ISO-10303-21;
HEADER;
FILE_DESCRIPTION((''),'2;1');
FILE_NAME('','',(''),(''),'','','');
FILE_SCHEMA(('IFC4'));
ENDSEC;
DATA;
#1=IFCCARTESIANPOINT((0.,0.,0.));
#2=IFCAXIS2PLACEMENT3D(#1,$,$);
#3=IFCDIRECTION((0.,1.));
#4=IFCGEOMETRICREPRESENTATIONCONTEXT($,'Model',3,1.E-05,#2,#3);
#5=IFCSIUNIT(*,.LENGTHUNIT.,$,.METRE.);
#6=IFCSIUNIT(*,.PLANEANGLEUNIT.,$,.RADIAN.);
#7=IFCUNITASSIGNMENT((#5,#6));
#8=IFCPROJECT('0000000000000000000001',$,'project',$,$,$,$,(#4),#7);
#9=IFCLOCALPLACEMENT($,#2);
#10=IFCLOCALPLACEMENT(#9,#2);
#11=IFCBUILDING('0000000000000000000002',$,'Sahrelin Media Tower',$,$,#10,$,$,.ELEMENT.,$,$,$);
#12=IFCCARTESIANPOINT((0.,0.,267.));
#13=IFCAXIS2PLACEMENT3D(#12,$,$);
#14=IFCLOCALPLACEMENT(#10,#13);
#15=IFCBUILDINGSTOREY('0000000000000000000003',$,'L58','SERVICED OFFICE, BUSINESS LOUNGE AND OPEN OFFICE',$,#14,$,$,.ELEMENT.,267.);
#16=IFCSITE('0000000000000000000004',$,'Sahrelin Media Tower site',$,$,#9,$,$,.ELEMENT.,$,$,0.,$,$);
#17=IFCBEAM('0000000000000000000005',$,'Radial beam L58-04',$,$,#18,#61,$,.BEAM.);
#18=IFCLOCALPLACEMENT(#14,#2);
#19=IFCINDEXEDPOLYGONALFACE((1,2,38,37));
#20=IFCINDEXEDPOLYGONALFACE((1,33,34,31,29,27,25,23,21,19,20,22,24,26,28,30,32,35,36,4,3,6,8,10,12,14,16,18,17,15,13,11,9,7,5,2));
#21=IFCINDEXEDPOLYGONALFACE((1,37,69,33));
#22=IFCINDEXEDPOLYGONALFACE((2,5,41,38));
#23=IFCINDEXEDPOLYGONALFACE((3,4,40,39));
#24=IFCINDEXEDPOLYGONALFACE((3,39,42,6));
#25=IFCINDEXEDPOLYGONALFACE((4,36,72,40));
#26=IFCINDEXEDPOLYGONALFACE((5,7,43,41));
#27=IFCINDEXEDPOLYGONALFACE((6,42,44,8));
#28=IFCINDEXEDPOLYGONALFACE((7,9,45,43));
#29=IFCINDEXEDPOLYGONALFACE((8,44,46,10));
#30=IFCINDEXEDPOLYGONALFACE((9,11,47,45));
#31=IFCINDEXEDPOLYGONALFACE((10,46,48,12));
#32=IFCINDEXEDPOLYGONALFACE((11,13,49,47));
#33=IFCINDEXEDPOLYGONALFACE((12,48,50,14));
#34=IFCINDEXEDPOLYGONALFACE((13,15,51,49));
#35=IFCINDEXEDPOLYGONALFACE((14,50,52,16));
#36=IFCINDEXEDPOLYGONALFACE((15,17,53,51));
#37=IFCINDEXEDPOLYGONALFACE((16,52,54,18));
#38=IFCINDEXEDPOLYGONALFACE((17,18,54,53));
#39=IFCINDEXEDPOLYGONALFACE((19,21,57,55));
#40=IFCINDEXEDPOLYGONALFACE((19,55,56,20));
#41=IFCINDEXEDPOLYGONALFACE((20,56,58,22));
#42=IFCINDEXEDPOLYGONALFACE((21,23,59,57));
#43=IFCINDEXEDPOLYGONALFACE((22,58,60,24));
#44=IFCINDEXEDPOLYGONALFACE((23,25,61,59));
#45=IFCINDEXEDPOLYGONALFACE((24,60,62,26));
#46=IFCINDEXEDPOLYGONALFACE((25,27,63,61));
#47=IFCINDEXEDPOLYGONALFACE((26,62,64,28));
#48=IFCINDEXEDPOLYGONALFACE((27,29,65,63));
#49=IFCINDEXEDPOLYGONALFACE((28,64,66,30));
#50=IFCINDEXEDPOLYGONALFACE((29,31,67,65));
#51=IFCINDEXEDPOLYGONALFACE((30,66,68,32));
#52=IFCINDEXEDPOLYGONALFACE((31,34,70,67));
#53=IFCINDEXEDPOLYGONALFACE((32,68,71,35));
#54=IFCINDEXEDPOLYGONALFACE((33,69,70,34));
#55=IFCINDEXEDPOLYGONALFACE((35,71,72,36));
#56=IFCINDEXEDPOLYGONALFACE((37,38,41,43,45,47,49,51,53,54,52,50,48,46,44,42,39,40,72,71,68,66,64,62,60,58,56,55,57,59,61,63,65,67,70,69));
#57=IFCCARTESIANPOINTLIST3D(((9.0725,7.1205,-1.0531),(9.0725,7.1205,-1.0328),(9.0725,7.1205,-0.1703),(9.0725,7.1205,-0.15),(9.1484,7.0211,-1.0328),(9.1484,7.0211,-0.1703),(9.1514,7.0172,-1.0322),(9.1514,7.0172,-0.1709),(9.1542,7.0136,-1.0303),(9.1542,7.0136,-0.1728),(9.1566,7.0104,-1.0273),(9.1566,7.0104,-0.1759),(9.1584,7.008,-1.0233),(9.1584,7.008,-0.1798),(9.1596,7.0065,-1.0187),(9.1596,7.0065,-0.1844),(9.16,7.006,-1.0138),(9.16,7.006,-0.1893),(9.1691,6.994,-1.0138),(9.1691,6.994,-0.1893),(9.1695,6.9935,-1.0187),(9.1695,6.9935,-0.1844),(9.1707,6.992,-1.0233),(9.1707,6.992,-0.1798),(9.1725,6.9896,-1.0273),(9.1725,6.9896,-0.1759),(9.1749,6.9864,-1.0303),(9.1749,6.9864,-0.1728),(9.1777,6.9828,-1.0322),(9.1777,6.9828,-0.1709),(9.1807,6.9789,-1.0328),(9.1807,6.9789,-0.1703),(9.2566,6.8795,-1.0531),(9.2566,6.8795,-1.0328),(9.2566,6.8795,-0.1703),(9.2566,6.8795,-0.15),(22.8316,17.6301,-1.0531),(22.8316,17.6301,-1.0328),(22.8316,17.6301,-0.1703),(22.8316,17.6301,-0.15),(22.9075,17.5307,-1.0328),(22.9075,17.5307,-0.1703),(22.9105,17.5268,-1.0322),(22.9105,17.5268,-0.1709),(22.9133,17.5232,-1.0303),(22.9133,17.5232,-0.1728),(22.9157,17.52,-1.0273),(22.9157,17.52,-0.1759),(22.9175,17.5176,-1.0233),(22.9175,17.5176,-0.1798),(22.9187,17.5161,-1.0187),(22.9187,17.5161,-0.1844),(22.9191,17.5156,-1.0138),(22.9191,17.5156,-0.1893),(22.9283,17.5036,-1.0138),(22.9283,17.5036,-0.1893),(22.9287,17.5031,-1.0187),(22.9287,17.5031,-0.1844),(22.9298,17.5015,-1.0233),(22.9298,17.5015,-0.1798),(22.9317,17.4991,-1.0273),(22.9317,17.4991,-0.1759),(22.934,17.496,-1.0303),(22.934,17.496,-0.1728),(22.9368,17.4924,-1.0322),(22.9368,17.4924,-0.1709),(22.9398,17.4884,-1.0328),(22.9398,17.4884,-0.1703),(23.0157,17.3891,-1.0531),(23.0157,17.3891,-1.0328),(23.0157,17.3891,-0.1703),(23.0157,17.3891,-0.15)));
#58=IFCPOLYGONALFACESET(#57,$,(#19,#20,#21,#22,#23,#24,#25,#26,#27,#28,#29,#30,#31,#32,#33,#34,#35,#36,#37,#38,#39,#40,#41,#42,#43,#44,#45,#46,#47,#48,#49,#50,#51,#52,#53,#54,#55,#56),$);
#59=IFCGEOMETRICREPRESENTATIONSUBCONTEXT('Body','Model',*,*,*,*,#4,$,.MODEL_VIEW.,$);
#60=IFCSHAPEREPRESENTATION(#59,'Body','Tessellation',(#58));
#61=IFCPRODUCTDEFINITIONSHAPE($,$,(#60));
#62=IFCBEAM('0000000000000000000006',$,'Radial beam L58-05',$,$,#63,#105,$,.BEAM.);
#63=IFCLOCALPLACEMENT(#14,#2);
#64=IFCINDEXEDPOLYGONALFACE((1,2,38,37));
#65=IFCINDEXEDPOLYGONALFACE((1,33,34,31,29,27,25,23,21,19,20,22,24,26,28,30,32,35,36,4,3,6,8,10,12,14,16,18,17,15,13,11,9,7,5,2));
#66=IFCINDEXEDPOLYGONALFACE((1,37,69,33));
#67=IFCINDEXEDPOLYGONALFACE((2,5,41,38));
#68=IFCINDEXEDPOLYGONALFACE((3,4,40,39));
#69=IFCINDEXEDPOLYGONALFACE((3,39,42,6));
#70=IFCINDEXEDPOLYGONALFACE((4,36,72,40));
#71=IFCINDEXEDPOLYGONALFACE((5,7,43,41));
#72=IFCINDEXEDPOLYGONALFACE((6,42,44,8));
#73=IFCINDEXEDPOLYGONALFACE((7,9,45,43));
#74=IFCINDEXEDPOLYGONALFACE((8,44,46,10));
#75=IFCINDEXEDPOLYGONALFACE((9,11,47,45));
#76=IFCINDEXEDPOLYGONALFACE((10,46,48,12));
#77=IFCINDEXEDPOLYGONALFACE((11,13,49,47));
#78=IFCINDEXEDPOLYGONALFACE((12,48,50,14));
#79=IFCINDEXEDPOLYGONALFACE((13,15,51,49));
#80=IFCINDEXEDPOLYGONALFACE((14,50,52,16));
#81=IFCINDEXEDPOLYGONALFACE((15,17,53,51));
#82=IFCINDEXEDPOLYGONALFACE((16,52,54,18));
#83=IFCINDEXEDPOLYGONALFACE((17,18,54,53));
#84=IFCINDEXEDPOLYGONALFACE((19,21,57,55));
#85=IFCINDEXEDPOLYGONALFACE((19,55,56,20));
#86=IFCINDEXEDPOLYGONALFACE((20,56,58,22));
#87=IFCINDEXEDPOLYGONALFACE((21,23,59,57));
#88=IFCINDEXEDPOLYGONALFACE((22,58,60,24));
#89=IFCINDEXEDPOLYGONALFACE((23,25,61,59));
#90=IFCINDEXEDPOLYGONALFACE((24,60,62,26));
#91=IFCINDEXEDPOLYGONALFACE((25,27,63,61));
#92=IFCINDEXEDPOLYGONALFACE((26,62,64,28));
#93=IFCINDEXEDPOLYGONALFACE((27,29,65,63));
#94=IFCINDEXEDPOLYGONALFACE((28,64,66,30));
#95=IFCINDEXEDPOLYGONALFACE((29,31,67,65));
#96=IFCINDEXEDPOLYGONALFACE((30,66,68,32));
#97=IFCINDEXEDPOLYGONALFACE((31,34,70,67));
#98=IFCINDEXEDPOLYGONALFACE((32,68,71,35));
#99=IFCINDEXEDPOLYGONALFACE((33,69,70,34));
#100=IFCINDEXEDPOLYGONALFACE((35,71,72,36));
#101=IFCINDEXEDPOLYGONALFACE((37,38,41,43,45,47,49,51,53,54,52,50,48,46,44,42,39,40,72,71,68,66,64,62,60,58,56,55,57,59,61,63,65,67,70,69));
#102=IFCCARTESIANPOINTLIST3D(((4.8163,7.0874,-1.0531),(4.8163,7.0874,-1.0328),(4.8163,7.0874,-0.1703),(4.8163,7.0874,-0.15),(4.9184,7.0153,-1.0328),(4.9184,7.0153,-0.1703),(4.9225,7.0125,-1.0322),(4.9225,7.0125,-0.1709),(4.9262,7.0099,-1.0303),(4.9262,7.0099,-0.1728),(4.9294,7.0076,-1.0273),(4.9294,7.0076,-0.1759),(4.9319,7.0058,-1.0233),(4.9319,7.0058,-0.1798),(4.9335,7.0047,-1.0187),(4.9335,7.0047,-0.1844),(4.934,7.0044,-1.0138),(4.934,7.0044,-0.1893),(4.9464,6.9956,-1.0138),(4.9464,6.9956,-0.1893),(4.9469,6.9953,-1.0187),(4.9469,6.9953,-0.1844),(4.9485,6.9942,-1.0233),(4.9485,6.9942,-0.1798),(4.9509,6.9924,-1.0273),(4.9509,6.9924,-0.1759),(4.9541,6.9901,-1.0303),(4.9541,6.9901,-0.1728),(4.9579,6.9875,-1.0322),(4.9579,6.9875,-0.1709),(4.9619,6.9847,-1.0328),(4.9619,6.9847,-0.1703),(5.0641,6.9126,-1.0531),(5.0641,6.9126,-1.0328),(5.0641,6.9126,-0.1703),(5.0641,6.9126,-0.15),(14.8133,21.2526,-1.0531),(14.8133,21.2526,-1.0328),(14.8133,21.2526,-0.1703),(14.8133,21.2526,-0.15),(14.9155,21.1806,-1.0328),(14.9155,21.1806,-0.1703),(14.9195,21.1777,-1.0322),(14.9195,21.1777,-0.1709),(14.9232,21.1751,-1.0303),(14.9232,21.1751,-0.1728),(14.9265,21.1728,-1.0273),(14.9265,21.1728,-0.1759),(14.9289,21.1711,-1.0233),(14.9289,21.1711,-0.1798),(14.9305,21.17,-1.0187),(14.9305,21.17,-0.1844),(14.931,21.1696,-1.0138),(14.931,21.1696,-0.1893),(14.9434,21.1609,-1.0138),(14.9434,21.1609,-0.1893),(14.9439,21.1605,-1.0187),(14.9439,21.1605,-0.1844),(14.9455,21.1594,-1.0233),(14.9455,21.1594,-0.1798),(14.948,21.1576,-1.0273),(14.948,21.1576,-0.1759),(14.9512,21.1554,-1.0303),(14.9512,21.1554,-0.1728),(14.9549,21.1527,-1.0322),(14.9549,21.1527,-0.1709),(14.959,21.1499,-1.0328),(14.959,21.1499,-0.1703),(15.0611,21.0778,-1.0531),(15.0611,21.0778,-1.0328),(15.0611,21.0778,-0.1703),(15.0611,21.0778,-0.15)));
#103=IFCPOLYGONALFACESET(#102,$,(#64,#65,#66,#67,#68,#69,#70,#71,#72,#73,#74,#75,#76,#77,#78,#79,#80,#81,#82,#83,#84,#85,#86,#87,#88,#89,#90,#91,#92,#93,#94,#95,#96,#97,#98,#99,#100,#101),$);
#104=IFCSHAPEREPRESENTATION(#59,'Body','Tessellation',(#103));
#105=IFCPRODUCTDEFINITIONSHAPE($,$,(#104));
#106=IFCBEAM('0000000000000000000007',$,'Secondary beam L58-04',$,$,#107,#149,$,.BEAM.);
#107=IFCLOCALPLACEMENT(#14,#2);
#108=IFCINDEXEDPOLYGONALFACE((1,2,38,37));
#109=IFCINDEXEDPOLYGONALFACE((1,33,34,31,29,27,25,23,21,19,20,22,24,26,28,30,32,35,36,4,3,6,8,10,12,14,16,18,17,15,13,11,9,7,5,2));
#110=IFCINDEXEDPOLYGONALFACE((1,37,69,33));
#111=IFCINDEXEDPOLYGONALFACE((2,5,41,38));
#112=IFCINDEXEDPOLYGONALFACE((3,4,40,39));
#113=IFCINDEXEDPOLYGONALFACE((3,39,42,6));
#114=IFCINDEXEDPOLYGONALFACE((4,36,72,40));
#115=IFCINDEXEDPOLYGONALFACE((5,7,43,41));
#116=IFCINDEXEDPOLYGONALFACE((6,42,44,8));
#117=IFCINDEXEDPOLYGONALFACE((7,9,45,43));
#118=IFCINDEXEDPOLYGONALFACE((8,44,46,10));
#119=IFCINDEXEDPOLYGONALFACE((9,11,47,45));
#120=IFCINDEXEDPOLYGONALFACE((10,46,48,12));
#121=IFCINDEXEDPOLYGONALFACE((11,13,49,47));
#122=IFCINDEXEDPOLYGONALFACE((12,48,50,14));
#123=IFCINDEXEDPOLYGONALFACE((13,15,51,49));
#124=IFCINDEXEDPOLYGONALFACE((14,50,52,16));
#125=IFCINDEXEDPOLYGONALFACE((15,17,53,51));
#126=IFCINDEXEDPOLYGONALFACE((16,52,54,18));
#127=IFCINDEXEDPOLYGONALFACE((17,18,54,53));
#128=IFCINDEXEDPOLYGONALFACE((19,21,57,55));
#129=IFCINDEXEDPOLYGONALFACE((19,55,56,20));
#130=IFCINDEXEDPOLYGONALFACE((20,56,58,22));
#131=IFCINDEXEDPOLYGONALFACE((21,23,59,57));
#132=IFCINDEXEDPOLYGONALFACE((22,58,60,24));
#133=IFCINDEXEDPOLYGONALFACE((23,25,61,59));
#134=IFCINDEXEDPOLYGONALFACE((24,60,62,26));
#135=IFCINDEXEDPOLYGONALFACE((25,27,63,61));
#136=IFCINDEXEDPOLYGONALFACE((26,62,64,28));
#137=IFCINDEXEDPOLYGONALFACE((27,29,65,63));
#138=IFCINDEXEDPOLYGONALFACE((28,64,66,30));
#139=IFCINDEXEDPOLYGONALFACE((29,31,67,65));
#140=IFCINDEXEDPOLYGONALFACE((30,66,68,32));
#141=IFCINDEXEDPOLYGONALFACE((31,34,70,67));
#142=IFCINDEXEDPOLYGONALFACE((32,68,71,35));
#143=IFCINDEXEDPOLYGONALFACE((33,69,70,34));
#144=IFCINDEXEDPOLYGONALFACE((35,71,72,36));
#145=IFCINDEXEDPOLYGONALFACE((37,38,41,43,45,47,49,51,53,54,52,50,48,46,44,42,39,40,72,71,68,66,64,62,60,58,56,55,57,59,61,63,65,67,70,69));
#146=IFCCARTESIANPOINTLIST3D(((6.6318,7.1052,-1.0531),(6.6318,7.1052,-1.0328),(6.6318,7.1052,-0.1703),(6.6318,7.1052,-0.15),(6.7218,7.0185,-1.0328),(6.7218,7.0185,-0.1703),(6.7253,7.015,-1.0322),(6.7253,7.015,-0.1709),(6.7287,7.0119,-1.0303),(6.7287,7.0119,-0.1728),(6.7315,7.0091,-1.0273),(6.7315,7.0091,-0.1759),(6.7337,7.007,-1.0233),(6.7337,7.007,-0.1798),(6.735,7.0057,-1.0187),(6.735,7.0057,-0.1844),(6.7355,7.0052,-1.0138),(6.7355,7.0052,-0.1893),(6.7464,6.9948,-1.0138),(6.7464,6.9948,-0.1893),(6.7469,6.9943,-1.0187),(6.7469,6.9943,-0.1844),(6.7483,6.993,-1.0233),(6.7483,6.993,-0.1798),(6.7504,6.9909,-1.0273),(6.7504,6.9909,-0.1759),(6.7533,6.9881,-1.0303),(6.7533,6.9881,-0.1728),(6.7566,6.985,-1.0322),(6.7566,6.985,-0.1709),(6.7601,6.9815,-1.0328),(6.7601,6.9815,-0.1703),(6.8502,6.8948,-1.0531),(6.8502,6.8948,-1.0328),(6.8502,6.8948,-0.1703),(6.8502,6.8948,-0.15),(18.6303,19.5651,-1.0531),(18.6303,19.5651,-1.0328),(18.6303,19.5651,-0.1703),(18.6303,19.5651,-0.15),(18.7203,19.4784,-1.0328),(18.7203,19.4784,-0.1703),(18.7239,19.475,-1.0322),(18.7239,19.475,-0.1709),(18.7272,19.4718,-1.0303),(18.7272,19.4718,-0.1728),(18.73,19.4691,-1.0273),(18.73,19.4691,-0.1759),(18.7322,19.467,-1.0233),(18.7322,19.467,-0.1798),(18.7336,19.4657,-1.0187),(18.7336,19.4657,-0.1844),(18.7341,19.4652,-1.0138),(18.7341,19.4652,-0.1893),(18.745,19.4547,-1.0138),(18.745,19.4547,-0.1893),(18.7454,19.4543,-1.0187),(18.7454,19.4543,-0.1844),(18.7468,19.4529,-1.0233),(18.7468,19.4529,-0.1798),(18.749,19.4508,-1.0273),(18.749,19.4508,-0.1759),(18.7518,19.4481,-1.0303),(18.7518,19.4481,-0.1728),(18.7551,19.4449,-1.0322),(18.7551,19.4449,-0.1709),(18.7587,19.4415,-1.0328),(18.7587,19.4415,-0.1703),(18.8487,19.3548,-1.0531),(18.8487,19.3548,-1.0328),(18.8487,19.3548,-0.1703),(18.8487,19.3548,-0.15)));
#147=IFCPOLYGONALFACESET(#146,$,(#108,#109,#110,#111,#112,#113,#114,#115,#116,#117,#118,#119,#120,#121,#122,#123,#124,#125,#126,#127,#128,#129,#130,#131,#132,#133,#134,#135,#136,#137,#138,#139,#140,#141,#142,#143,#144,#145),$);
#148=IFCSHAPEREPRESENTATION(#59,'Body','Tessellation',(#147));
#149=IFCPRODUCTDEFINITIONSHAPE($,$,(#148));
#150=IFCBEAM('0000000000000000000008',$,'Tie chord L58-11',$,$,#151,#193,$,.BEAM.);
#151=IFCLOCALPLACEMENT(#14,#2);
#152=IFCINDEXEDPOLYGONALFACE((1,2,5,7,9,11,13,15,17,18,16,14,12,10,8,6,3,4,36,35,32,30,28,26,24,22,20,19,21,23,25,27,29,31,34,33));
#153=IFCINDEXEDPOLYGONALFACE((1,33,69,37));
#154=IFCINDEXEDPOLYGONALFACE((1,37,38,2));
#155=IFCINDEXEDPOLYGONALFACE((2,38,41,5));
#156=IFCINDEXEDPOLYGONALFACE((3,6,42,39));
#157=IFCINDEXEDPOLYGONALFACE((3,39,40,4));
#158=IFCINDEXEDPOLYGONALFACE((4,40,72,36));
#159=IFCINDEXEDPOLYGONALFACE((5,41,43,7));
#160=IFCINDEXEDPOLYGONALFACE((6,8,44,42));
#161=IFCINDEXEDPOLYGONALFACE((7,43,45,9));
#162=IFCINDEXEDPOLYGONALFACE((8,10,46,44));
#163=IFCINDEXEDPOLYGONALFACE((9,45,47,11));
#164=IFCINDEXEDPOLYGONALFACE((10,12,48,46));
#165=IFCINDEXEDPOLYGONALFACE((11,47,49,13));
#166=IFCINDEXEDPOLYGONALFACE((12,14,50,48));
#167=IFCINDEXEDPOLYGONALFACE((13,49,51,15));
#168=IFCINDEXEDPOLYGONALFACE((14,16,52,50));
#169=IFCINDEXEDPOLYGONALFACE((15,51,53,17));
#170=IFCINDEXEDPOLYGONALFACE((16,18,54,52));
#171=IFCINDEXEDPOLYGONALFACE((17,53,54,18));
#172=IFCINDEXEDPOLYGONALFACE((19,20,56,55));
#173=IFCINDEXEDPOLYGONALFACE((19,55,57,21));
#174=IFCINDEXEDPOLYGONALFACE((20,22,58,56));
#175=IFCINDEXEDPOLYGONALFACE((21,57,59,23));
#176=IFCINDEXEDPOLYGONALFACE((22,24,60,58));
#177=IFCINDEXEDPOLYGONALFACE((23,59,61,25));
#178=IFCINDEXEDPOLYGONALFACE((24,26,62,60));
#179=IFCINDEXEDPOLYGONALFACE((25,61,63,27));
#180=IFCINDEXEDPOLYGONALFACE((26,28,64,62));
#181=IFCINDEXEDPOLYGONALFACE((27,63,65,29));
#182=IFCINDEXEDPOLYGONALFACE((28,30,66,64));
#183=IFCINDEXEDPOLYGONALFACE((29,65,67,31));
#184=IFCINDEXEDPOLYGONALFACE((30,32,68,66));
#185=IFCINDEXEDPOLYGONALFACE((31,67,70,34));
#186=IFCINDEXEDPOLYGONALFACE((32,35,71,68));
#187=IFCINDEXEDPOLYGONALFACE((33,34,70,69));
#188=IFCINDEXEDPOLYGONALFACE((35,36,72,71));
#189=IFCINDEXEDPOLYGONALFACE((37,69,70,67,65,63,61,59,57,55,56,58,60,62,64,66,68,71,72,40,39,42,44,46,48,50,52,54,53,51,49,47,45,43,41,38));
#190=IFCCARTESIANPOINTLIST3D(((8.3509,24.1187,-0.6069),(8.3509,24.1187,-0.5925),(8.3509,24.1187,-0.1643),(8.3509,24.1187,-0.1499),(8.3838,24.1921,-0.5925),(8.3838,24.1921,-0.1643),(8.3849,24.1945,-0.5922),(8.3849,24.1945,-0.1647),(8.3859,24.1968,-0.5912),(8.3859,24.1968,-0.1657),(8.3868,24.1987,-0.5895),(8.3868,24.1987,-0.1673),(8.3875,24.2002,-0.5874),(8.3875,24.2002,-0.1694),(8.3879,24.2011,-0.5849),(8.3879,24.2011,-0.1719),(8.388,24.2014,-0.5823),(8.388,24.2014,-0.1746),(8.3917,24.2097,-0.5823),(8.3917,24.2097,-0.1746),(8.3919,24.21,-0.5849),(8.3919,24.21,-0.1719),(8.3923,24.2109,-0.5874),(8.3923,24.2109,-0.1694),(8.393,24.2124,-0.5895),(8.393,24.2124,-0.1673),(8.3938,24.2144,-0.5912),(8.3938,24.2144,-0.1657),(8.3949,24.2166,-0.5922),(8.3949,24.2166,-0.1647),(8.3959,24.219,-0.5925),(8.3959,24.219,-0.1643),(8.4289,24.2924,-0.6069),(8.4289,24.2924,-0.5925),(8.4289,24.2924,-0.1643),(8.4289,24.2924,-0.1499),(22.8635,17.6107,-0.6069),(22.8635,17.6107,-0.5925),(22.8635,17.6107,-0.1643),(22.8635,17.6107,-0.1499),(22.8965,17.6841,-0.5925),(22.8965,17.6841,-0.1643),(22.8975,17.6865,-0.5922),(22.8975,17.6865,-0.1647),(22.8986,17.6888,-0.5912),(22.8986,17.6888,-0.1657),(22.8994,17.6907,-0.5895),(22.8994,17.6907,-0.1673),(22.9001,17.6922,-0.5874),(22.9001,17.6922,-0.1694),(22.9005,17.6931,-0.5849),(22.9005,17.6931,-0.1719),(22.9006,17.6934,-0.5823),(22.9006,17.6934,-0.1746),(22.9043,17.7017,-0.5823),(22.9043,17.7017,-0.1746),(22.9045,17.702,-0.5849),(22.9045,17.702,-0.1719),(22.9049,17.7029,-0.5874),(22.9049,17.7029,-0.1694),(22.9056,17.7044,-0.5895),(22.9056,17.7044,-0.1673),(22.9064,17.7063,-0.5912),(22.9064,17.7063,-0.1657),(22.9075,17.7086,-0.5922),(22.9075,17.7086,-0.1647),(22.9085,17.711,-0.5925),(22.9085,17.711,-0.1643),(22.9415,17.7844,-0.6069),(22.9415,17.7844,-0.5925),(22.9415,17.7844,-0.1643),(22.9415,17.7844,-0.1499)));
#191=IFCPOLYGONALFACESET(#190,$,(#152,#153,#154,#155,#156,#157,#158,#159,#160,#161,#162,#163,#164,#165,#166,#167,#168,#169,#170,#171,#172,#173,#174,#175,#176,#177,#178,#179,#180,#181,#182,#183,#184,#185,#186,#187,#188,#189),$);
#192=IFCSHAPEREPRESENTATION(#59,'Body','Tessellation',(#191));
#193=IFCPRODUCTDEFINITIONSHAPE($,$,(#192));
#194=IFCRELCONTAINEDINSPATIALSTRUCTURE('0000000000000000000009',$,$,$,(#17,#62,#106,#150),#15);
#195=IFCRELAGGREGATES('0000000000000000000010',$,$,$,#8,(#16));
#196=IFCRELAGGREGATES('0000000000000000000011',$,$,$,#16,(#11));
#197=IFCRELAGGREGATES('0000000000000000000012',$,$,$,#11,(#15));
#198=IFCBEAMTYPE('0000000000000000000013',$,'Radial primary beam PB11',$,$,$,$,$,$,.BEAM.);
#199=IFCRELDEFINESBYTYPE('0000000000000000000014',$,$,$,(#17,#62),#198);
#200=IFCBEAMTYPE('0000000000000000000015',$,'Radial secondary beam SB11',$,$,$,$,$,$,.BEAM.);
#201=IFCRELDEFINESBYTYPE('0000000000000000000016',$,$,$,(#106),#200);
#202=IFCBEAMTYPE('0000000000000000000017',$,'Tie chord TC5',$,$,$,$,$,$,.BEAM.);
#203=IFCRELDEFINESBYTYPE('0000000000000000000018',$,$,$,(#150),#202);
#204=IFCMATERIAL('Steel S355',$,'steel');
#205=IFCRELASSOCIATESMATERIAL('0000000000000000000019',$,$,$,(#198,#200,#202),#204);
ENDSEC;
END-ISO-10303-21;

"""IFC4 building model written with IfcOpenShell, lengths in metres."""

from ifc_helpers import new_model, si_unit, direction, frame, origin, origin_2d, place, context, subcontext, project, spatial, i_section, extrude, material, material_profile, profile_set, type_object, element, save


model = new_model("IFC4")

# Units and contexts
model_context = context("Model", 3, precision=1e-05, world=origin(), true_north=direction((0.0, 1.0)))
body_context = subcontext(model_context, "Body", "Model", "MODEL_VIEW")
ifc_project = project(units=[si_unit("LENGTHUNIT", "METRE"), si_unit("PLANEANGLEUNIT", "RADIAN")], contexts=[model_context])

# Site, building, storey
site_placement = place(None, origin())
site = spatial("IfcSite", under=ifc_project, at=site_placement, Name="Sahrelin Media Tower site", CompositionType="ELEMENT", RefElevation=0.0)
building_placement = place(site_placement, origin())
building = spatial("IfcBuilding", under=site, at=building_placement, Name="Sahrelin Media Tower", CompositionType="ELEMENT")
storey_placement = place(building_placement, frame((0.0, 0.0, 267.0)))
storey = spatial("IfcBuildingStorey", under=building, at=storey_placement, Name="L58", Description="SERVICED OFFICE, BUSINESS LOUNGE AND OPEN OFFICE", CompositionType="ELEMENT", Elevation=267.0)

# Shared definitions
ifc_material_1 = material(Name="Steel S355", Category="steel")

# Beams
ifc_material_profile_1 = material_profile(ifc_material_1, i_section(OverallWidth=0.3032, OverallDepth=0.9031, WebThickness=0.0151, FlangeThickness=0.0203, FilletRadius=0.019, at=origin_2d()), Name="UB 914x305x201")
ifc_profile_set_1 = profile_set([ifc_material_profile_1], Name="Steel S355")
beam_type_1 = type_object("IfcBeamType", Name="Radial primary beam PB11", PredefinedType="BEAM", material=ifc_profile_set_1)
beam_1_placement = place(storey_placement, frame((9.1646, 7.0, -0.6016), z_axis=(0.794695, 0.607009, 0.0), x_axis=(-0.607009, 0.794695, 0.0)))
element("IfcBeam", 1, at=beam_1_placement, inside=storey, type_object=beam_type_1, Name="Radial beam L58-04", PredefinedType="BEAM", context=body_context, shape_type="SweptSolid", body=[
    extrude(i_section(OverallWidth=0.3032, OverallDepth=0.9031, WebThickness=0.0151, FlangeThickness=0.0203, FilletRadius=0.019, at=origin_2d()), origin(), (0.0, 0.0, 1.0), 17.3137),
])
beam_2_placement = place(storey_placement, frame((4.9402, 7.0, -0.6016), z_axis=(0.576608, 0.817021, 0.0), x_axis=(-0.817021, 0.576608, 0.0)))
element("IfcBeam", 2, at=beam_2_placement, inside=storey, type_object=beam_type_1, Name="Radial beam L58-05", PredefinedType="BEAM", context=body_context, shape_type="SweptSolid", body=[
    extrude(i_section(OverallWidth=0.3032, OverallDepth=0.9031, WebThickness=0.0151, FlangeThickness=0.0203, FilletRadius=0.019, at=origin_2d()), origin(), (0.0, 0.0, 1.0), 17.3376),
])
ifc_material_profile_2 = material_profile(ifc_material_1, i_section(OverallWidth=0.3032, OverallDepth=0.9031, WebThickness=0.0151, FlangeThickness=0.0203, FilletRadius=0.019, at=origin_2d()), Name="UB 914x305x201")
ifc_profile_set_2 = profile_set([ifc_material_profile_2], Name="Steel S355")
beam_type_2 = type_object("IfcBeamType", Name="Radial secondary beam SB11", PredefinedType="BEAM", material=ifc_profile_set_2)
beam_3_placement = place(storey_placement, frame((6.741, 7.0, -0.6016), z_axis=(0.693643, 0.720319, 0.0), x_axis=(-0.720319, 0.693643, 0.0)))
element("IfcBeam", 3, at=beam_3_placement, inside=storey, type_object=beam_type_2, Name="Secondary beam L58-04", PredefinedType="BEAM", context=body_context, shape_type="SweptSolid", body=[
    extrude(i_section(OverallWidth=0.3032, OverallDepth=0.9031, WebThickness=0.0151, FlangeThickness=0.0203, FilletRadius=0.019, at=origin_2d()), origin(), (0.0, 0.0, 1.0), 17.2979),
])
ifc_material_profile_3 = material_profile(ifc_material_1, i_section(OverallWidth=0.1904, OverallDepth=0.457, WebThickness=0.009, FlangeThickness=0.0144, FilletRadius=0.0103, at=origin_2d()), Name="UB 457x191x74")
ifc_profile_set_3 = profile_set([ifc_material_profile_3], Name="Steel S355")
beam_type_3 = type_object("IfcBeamType", Name="Tie chord TC5", PredefinedType="BEAM", material=ifc_profile_set_3)
beam_4_placement = place(storey_placement, frame((8.3899, 24.2056, -0.3784), z_axis=(0.912454, -0.40918, 0.0), x_axis=(0.40918, 0.912454, 0.0)))
element("IfcBeam", 4, at=beam_4_placement, inside=storey, type_object=beam_type_3, Name="Tie chord L58-11", PredefinedType="BEAM", context=body_context, shape_type="SweptSolid", body=[
    extrude(i_section(OverallWidth=0.1904, OverallDepth=0.457, WebThickness=0.009, FlangeThickness=0.0144, FilletRadius=0.0103, at=origin_2d()), origin(), (0.0, 0.0, 1.0), 15.905),
])

save(model, "model.ifc")
